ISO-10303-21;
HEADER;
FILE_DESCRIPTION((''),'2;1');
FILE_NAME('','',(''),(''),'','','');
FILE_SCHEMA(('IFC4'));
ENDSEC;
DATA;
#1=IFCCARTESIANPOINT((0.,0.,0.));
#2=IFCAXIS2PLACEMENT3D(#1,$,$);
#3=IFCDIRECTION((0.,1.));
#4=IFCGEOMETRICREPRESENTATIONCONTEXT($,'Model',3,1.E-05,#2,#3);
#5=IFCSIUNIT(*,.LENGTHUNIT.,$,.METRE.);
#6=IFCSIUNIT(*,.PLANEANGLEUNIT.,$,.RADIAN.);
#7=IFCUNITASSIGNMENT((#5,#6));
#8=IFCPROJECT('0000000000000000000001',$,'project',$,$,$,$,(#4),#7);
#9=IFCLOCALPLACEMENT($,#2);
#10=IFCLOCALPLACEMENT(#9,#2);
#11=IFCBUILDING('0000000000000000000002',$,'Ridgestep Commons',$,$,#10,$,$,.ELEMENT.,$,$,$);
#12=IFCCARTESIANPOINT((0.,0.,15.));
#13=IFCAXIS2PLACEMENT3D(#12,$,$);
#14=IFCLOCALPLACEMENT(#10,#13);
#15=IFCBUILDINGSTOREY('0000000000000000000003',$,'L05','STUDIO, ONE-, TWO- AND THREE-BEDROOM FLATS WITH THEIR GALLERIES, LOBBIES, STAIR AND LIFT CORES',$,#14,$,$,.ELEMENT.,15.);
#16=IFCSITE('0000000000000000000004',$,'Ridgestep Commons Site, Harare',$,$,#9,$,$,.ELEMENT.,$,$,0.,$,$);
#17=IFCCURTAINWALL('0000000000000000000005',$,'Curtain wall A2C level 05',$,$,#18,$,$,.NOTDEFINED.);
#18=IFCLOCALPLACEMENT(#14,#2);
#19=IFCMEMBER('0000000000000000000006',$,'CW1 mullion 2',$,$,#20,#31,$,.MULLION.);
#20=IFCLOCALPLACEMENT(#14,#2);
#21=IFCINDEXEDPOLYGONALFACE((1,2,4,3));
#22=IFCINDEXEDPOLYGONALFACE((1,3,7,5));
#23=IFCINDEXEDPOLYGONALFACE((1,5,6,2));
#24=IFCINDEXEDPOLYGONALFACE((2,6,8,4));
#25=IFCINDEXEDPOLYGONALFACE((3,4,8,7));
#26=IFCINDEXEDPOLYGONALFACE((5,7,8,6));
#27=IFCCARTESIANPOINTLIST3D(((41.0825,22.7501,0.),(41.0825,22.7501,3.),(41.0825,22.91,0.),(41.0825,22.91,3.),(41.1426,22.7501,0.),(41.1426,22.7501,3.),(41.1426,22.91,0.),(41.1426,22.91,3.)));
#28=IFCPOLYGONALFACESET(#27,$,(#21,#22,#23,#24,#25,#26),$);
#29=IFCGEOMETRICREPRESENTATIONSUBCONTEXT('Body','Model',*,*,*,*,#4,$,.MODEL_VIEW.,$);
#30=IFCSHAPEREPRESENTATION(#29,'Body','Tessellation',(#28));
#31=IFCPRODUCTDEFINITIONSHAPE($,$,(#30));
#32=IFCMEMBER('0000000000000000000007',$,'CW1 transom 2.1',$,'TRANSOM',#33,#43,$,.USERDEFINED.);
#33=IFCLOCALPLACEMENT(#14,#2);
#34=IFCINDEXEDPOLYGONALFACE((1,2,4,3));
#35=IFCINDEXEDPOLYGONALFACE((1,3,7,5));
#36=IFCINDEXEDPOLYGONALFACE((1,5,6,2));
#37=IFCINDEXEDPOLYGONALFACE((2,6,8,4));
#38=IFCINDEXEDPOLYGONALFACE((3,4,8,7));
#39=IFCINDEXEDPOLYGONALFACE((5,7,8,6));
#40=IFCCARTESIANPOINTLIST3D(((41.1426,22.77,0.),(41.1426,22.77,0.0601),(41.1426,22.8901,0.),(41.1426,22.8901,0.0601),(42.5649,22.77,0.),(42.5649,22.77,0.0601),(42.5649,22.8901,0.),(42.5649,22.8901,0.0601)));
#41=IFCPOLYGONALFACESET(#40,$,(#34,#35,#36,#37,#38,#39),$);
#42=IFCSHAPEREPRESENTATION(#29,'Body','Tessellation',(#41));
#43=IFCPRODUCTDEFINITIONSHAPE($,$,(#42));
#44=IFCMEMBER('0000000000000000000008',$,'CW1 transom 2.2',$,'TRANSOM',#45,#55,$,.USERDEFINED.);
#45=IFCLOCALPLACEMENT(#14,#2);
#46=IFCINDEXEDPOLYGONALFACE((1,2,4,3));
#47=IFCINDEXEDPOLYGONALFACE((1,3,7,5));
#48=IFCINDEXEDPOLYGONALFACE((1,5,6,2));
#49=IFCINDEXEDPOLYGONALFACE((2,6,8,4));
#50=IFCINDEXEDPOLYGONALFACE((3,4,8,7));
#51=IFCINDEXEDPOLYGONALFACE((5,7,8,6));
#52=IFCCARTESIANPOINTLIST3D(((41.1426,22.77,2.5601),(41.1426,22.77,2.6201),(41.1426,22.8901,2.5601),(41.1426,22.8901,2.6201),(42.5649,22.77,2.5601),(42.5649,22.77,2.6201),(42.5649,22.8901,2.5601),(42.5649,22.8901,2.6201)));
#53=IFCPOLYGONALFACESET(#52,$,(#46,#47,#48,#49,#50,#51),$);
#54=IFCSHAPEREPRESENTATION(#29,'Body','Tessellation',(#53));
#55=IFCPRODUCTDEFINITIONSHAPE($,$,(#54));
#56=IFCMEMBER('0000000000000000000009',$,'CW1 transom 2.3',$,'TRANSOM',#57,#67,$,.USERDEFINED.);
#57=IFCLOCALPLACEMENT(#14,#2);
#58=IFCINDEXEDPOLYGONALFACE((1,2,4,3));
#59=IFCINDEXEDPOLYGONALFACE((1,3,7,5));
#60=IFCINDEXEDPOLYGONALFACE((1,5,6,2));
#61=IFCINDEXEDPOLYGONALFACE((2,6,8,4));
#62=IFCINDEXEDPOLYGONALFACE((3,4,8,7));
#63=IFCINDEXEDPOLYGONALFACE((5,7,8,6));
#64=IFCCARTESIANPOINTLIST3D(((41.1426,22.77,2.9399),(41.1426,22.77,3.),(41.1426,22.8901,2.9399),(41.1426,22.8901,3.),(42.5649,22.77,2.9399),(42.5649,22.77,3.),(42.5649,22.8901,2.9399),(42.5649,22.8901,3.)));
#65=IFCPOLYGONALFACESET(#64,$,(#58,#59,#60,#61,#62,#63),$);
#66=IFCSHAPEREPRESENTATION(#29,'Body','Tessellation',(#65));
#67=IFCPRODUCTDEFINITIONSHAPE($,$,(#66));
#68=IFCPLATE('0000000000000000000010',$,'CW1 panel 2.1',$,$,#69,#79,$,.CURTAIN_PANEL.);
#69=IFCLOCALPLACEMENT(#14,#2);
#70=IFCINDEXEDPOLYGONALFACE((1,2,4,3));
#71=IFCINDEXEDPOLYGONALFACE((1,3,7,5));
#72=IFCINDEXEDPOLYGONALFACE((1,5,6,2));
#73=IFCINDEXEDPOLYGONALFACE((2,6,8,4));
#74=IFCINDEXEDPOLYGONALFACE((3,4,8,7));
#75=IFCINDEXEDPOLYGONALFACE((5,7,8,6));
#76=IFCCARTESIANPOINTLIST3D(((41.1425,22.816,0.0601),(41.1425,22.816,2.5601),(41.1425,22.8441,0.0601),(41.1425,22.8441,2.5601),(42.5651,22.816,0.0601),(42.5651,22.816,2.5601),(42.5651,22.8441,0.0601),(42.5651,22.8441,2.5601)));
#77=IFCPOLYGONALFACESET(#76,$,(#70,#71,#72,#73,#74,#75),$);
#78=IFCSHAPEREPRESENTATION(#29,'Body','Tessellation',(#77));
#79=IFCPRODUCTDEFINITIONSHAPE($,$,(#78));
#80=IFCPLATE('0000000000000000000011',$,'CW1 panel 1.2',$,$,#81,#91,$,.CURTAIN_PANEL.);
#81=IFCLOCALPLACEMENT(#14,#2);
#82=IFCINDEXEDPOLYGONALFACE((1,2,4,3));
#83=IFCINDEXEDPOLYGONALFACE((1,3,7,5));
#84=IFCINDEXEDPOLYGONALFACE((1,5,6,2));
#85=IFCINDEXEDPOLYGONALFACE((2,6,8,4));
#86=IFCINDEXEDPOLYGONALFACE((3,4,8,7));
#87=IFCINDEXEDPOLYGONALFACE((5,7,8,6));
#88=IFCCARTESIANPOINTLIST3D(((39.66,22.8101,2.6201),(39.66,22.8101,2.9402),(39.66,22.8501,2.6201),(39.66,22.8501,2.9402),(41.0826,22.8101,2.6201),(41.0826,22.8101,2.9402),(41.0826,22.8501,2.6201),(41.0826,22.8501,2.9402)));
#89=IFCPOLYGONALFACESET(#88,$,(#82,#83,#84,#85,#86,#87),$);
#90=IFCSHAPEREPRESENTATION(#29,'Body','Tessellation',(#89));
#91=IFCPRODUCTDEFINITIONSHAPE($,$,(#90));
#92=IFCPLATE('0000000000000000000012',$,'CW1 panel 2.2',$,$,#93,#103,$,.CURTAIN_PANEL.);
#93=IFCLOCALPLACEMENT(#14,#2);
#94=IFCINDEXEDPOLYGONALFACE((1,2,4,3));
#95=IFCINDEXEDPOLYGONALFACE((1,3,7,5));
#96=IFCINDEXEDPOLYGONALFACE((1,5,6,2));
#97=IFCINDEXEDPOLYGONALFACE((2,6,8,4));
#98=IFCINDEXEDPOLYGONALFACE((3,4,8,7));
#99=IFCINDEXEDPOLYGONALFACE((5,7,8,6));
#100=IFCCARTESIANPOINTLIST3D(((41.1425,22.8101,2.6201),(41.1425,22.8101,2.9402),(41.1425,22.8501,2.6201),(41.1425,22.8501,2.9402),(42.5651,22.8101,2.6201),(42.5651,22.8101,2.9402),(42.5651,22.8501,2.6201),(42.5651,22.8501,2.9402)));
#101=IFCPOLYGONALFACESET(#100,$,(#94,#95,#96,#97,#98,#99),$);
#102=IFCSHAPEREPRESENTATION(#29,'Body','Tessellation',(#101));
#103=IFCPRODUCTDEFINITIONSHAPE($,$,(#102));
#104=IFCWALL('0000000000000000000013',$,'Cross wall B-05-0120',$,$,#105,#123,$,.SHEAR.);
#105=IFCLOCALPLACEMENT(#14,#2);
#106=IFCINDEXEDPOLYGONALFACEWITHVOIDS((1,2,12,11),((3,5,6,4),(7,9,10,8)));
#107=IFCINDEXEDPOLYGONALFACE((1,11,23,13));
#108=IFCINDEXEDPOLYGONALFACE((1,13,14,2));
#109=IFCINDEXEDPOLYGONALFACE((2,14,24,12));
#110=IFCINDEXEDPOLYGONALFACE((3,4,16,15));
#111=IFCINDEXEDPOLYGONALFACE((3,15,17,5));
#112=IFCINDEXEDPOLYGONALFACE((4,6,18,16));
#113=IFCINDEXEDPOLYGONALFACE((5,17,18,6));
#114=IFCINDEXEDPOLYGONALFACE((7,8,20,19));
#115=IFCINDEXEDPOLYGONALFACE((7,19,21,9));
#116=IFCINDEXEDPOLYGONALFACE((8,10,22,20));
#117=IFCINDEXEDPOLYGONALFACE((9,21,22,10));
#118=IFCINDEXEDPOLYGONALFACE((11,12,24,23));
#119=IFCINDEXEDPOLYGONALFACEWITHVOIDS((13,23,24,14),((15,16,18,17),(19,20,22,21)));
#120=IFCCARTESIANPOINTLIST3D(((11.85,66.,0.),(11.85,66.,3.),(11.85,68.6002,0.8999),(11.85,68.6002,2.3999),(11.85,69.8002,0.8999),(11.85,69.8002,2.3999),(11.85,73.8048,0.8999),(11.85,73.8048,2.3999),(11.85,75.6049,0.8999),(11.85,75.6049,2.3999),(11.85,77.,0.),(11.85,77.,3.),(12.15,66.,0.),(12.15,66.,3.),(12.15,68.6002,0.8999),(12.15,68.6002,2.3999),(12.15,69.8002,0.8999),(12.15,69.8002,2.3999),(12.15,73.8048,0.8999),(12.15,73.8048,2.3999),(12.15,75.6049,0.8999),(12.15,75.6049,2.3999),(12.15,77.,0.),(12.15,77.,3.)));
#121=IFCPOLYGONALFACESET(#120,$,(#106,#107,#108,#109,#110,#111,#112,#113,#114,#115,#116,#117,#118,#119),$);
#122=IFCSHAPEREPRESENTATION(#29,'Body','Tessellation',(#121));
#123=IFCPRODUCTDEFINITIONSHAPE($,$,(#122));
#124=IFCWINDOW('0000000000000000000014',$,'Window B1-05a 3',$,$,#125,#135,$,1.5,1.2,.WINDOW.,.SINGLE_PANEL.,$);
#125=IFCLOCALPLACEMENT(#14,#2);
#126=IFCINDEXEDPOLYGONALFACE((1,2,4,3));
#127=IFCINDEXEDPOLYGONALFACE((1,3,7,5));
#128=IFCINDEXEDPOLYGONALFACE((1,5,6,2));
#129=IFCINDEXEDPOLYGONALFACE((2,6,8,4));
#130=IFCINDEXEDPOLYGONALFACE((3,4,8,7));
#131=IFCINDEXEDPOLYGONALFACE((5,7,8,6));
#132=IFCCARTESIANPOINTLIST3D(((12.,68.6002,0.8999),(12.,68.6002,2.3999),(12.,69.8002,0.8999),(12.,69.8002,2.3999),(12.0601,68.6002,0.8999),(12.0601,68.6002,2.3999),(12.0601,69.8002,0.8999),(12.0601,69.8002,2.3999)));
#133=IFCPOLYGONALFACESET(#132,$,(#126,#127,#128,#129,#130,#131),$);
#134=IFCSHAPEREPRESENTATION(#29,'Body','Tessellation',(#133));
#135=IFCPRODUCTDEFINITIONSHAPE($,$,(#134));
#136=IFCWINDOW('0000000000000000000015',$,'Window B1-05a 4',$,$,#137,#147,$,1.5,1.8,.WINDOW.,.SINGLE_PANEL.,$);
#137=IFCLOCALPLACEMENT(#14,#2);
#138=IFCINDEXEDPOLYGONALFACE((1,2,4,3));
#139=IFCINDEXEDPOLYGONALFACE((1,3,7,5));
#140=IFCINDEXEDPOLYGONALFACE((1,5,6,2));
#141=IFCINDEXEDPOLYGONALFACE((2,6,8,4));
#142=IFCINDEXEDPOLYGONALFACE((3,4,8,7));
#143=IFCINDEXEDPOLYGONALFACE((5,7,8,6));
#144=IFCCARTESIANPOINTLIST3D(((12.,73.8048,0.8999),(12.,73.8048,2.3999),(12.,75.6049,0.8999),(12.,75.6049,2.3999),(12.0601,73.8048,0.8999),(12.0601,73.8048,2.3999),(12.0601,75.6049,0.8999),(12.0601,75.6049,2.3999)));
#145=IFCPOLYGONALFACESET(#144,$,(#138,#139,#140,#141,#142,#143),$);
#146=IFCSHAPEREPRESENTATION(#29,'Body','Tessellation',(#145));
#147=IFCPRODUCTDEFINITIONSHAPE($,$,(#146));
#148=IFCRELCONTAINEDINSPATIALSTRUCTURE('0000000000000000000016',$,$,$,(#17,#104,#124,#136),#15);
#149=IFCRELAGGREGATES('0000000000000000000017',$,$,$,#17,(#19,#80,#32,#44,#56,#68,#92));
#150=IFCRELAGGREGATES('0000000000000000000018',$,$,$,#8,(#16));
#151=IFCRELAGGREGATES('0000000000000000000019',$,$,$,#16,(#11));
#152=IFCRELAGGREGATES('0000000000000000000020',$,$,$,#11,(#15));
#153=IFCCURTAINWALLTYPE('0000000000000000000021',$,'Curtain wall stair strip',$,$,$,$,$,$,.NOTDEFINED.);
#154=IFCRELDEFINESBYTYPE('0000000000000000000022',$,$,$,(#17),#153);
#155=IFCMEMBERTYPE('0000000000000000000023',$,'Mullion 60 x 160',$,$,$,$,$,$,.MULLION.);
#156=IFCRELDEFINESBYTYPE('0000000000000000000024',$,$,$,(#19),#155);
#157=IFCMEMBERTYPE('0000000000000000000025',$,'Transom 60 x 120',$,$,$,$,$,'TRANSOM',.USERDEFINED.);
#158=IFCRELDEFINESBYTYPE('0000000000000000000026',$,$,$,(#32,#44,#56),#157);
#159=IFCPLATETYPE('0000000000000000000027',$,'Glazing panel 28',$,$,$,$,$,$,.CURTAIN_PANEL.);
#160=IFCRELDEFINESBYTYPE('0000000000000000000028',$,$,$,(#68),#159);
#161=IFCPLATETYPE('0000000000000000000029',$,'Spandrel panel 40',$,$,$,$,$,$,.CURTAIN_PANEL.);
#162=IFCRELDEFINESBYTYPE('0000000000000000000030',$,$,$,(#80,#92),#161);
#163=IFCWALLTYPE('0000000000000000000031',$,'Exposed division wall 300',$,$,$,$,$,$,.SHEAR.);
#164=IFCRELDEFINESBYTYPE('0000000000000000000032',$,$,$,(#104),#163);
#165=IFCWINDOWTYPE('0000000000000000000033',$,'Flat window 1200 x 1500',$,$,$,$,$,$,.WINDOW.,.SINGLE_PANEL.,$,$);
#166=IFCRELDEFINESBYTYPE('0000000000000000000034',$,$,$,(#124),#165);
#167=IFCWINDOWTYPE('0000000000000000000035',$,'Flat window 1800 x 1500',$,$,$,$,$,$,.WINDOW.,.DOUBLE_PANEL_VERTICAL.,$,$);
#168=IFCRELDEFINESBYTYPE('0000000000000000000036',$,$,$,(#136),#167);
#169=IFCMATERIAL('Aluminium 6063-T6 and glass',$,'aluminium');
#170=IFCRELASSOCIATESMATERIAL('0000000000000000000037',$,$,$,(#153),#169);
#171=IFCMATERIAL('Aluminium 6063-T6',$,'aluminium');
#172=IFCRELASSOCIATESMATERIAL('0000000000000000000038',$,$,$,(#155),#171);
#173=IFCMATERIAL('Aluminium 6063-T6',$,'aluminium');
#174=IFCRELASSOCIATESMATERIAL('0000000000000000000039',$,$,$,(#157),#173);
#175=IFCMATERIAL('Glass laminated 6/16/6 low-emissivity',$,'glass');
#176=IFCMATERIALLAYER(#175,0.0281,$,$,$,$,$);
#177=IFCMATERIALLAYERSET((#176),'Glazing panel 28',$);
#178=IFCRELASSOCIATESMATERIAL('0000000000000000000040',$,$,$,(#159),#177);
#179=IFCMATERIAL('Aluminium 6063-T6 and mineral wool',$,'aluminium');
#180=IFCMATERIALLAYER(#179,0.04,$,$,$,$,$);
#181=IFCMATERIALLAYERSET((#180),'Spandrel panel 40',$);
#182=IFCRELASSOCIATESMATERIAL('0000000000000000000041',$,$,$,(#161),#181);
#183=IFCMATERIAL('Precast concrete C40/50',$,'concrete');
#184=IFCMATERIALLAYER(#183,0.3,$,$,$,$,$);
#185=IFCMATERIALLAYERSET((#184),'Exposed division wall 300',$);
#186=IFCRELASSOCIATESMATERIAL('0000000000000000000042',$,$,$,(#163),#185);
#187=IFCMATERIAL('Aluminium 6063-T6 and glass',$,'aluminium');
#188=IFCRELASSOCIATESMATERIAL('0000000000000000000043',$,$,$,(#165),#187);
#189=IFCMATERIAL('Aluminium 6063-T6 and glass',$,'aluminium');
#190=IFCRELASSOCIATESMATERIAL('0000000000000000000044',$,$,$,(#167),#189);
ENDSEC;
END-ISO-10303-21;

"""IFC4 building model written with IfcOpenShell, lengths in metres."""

from ifc_helpers import new_model, si_unit, direction, frame, frame_2d, origin, origin_2d, place, context, subcontext, project, spatial, rectangle, extrude, material, layer, layer_set, material_profile, profile_set, type_object, element, fill, aggregate, save


model = new_model("IFC4")

# Units and contexts
model_context = context("Model", 3, precision=1e-05, world=origin(), true_north=direction((0.0, 1.0)))
body_context = subcontext(model_context, "Body", "Model", "MODEL_VIEW")
ifc_project = project(units=[si_unit("LENGTHUNIT", "METRE"), si_unit("PLANEANGLEUNIT", "RADIAN")], contexts=[model_context])

# Site, building, storey
site_placement = place(None, origin())
site = spatial("IfcSite", under=ifc_project, at=site_placement, Name="Ridgestep Commons Site, Harare", CompositionType="ELEMENT", RefElevation=0.0)
building_placement = place(site_placement, origin())
building = spatial("IfcBuilding", under=site, at=building_placement, Name="Ridgestep Commons", CompositionType="ELEMENT")
storey_placement = place(building_placement, frame((0.0, 0.0, 15.0)))
storey = spatial("IfcBuildingStorey", under=building, at=storey_placement, Name="L05", Description="STUDIO, ONE-, TWO- AND THREE-BEDROOM FLATS WITH THEIR GALLERIES, LOBBIES, STAIR AND LIFT CORES", CompositionType="ELEMENT", Elevation=15.0)

# Curtain wall, members, plates
ifc_material_1 = material(Name="Aluminium 6063-T6 and glass", Category="aluminium")
curtain_wall_type = type_object("IfcCurtainWallType", Name="Curtain wall stair strip", PredefinedType="NOTDEFINED", material=ifc_material_1)
curtain_wall_placement = place(storey_placement, origin())
curtain_wall = element("IfcCurtainWall", 1, at=curtain_wall_placement, inside=storey, type_object=curtain_wall_type, Name="Curtain wall A2C level 05", PredefinedType="NOTDEFINED")
ifc_material_2 = material(Name="Aluminium 6063-T6", Category="aluminium")
ifc_material_profile_1 = material_profile(ifc_material_2, rectangle(XDim=0.1599, YDim=0.0601, at=origin_2d()), Name="Mullion 60 x 160")
ifc_profile_set_1 = profile_set([ifc_material_profile_1], Name="Aluminium 6063-T6")
member_type_1 = type_object("IfcMemberType", Name="Mullion 60 x 160", PredefinedType="MULLION", material=ifc_profile_set_1)
member_1_placement = place(storey_placement, frame((41.1125, 22.8301, 0.0), z_axis=(0.0, 0.0, 1.0), x_axis=(0.0, 1.0, 0.0)))
member_1 = element("IfcMember", 2, at=member_1_placement, type_object=member_type_1, Name="CW1 mullion 2", PredefinedType="MULLION", context=body_context, shape_type="SweptSolid", body=[
    extrude(rectangle(XDim=0.1599, YDim=0.0601, at=origin_2d()), origin(), (0.0, 0.0, 1.0), 3.0),
])
ifc_material_3 = material(Name="Aluminium 6063-T6", Category="aluminium")
ifc_material_profile_2 = material_profile(ifc_material_3, rectangle(XDim=0.1201, YDim=0.0601, at=origin_2d()), Name="Transom 60 x 120")
ifc_profile_set_2 = profile_set([ifc_material_profile_2], Name="Aluminium 6063-T6")
member_type_2 = type_object("IfcMemberType", Name="Transom 60 x 120", ElementType="TRANSOM", PredefinedType="USERDEFINED", material=ifc_profile_set_2)
member_2_placement = place(storey_placement, frame((41.1426, 22.8301, 0.03), z_axis=(1.0, 0.0, 0.0), x_axis=(0.0, 1.0, 0.0)))
member_2 = element("IfcMember", 3, at=member_2_placement, type_object=member_type_2, Name="CW1 transom 2.1", ObjectType="TRANSOM", PredefinedType="USERDEFINED", context=body_context, shape_type="SweptSolid", body=[
    extrude(rectangle(XDim=0.1201, YDim=0.0601, at=origin_2d()), origin(), (0.0, 0.0, 1.0), 1.4224),
])
member_3_placement = place(storey_placement, frame((41.1426, 22.8301, 2.5901), z_axis=(1.0, 0.0, 0.0), x_axis=(0.0, 1.0, 0.0)))
member_3 = element("IfcMember", 4, at=member_3_placement, type_object=member_type_2, Name="CW1 transom 2.2", ObjectType="TRANSOM", PredefinedType="USERDEFINED", context=body_context, shape_type="SweptSolid", body=[
    extrude(rectangle(XDim=0.1201, YDim=0.0601, at=origin_2d()), origin(), (0.0, 0.0, 1.0), 1.4224),
])
member_4_placement = place(storey_placement, frame((41.1426, 22.8301, 2.97), z_axis=(1.0, 0.0, 0.0), x_axis=(0.0, 1.0, 0.0)))
member_4 = element("IfcMember", 5, at=member_4_placement, type_object=member_type_2, Name="CW1 transom 2.3", ObjectType="TRANSOM", PredefinedType="USERDEFINED", context=body_context, shape_type="SweptSolid", body=[
    extrude(rectangle(XDim=0.1201, YDim=0.0601, at=origin_2d()), origin(), (0.0, 0.0, 1.0), 1.4224),
])
ifc_material_4 = material(Name="Glass laminated 6/16/6 low-emissivity", Category="glass")
ifc_layer_1 = layer(ifc_material_4, 0.0281)
ifc_layer_set_1 = layer_set([ifc_layer_1], Name="Glazing panel 28")
plate_type_1 = type_object("IfcPlateType", Name="Glazing panel 28", PredefinedType="CURTAIN_PANEL", material=ifc_layer_set_1)
plate_1_placement = place(storey_placement, frame((41.8538, 22.8301, 0.0601), z_axis=(0.0, 0.0, 1.0), x_axis=(1.0, 0.0, 0.0)))
plate_1 = element("IfcPlate", 6, at=plate_1_placement, type_object=plate_type_1, Name="CW1 panel 2.1", PredefinedType="CURTAIN_PANEL", context=body_context, shape_type="SweptSolid", body=[
    extrude(rectangle(XDim=1.4226, YDim=0.0281, at=origin_2d()), origin(), (0.0, 0.0, 1.0), 2.5),
])
ifc_material_5 = material(Name="Aluminium 6063-T6 and mineral wool", Category="aluminium")
ifc_layer_2 = layer(ifc_material_5, 0.04)
ifc_layer_set_2 = layer_set([ifc_layer_2], Name="Spandrel panel 40")
plate_type_2 = type_object("IfcPlateType", Name="Spandrel panel 40", PredefinedType="CURTAIN_PANEL", material=ifc_layer_set_2)
plate_2_placement = place(storey_placement, frame((40.3713, 22.8301, 2.6201), z_axis=(0.0, 0.0, 1.0), x_axis=(1.0, 0.0, 0.0)))
plate_2 = element("IfcPlate", 7, at=plate_2_placement, type_object=plate_type_2, Name="CW1 panel 1.2", PredefinedType="CURTAIN_PANEL", context=body_context, shape_type="SweptSolid", body=[
    extrude(rectangle(XDim=1.4226, YDim=0.04, at=origin_2d()), origin(), (0.0, 0.0, 1.0), 0.3201),
])
plate_3_placement = place(storey_placement, frame((41.8538, 22.8301, 2.6201), z_axis=(0.0, 0.0, 1.0), x_axis=(1.0, 0.0, 0.0)))
plate_3 = element("IfcPlate", 8, at=plate_3_placement, type_object=plate_type_2, Name="CW1 panel 2.2", PredefinedType="CURTAIN_PANEL", context=body_context, shape_type="SweptSolid", body=[
    extrude(rectangle(XDim=1.4226, YDim=0.04, at=origin_2d()), origin(), (0.0, 0.0, 1.0), 0.3201),
])
aggregate(curtain_wall, [member_1, plate_2, member_2, member_3, member_4, plate_1, plate_3])

# Wall, openings, windows
ifc_material_6 = material(Name="Precast concrete C40/50", Category="concrete")
ifc_layer_3 = layer(ifc_material_6, 0.3)
ifc_layer_set_3 = layer_set([ifc_layer_3], Name="Exposed division wall 300")
wall_type_1 = type_object("IfcWallType", Name="Exposed division wall 300", PredefinedType="SHEAR", material=ifc_layer_set_3)
wall_1_placement = place(storey_placement, frame((12.0, 66.0, 0.0), z_axis=(0.0, 0.0, 1.0), x_axis=(0.0, 1.0, 0.0)))
wall_1 = element("IfcWall", 9, at=wall_1_placement, inside=storey, type_object=wall_type_1, Name="Cross wall B-05-0120", PredefinedType="SHEAR", context=body_context, shape_type="SweptSolid", body=[
    extrude(rectangle(XDim=11.0, YDim=0.3, at=frame_2d((5.5, 0.0))), origin(), (0.0, 0.0, 1.0), 3.0),
])
opening_1_placement = place(wall_1_placement, frame((2.6001, 0.0, 0.8999)))
opening_1 = element("IfcOpeningElement", 10, at=opening_1_placement, cuts=wall_1, PredefinedType="OPENING", context=body_context, shape_type="SweptSolid", body=[
    extrude(rectangle(XDim=1.2, YDim=1.5, at=frame_2d((0.6001, 0.75))), frame((0.0, 0.1599, 0.0), z_axis=(0.0, -1.0, 0.0), x_axis=(1.0, 0.0, 0.0)), (0.0, 0.0, 1.0), 0.3201),
])
opening_2_placement = place(wall_1_placement, frame((7.8049, 0.0, 0.8999)))
opening_2 = element("IfcOpeningElement", 11, at=opening_2_placement, cuts=wall_1, PredefinedType="OPENING", context=body_context, shape_type="SweptSolid", body=[
    extrude(rectangle(XDim=1.8, YDim=1.5, at=frame_2d((0.8999, 0.75))), frame((0.0, 0.1599, 0.0), z_axis=(0.0, -1.0, 0.0), x_axis=(1.0, 0.0, 0.0)), (0.0, 0.0, 1.0), 0.3201),
])
ifc_material_7 = material(Name="Aluminium 6063-T6 and glass", Category="aluminium")
window_type_1 = type_object("IfcWindowType", Name="Flat window 1200 x 1500", PartitioningType="SINGLE_PANEL", PredefinedType="WINDOW", material=ifc_material_7)
window_1_placement = place(opening_1_placement, origin())
window_1 = element("IfcWindow", 12, at=window_1_placement, inside=storey, type_object=window_type_1, Name="Window B1-05a 3", OverallHeight=1.5, OverallWidth=1.2, PartitioningType="SINGLE_PANEL", PredefinedType="WINDOW", context=body_context, shape_type="SweptSolid", body=[
    extrude(rectangle(XDim=1.2, YDim=1.5, at=frame_2d((0.6001, 0.75))), frame((0.0, 0.0, 0.0), z_axis=(0.0, -1.0, 0.0), x_axis=(1.0, 0.0, 0.0)), (0.0, 0.0, 1.0), 0.0601),
])
fill(opening_1, window_1)
ifc_material_8 = material(Name="Aluminium 6063-T6 and glass", Category="aluminium")
window_type_2 = type_object("IfcWindowType", Name="Flat window 1800 x 1500", PartitioningType="DOUBLE_PANEL_VERTICAL", PredefinedType="WINDOW", material=ifc_material_8)
window_2_placement = place(opening_2_placement, origin())
window_2 = element("IfcWindow", 13, at=window_2_placement, inside=storey, type_object=window_type_2, Name="Window B1-05a 4", OverallHeight=1.5, OverallWidth=1.8, PartitioningType="SINGLE_PANEL", PredefinedType="WINDOW", context=body_context, shape_type="SweptSolid", body=[
    extrude(rectangle(XDim=1.8, YDim=1.5, at=frame_2d((0.8999, 0.75))), frame((0.0, 0.0, 0.0), z_axis=(0.0, -1.0, 0.0), x_axis=(1.0, 0.0, 0.0)), (0.0, 0.0, 1.0), 0.0601),
])
fill(opening_2, window_2)

save(model, "model.ifc")
